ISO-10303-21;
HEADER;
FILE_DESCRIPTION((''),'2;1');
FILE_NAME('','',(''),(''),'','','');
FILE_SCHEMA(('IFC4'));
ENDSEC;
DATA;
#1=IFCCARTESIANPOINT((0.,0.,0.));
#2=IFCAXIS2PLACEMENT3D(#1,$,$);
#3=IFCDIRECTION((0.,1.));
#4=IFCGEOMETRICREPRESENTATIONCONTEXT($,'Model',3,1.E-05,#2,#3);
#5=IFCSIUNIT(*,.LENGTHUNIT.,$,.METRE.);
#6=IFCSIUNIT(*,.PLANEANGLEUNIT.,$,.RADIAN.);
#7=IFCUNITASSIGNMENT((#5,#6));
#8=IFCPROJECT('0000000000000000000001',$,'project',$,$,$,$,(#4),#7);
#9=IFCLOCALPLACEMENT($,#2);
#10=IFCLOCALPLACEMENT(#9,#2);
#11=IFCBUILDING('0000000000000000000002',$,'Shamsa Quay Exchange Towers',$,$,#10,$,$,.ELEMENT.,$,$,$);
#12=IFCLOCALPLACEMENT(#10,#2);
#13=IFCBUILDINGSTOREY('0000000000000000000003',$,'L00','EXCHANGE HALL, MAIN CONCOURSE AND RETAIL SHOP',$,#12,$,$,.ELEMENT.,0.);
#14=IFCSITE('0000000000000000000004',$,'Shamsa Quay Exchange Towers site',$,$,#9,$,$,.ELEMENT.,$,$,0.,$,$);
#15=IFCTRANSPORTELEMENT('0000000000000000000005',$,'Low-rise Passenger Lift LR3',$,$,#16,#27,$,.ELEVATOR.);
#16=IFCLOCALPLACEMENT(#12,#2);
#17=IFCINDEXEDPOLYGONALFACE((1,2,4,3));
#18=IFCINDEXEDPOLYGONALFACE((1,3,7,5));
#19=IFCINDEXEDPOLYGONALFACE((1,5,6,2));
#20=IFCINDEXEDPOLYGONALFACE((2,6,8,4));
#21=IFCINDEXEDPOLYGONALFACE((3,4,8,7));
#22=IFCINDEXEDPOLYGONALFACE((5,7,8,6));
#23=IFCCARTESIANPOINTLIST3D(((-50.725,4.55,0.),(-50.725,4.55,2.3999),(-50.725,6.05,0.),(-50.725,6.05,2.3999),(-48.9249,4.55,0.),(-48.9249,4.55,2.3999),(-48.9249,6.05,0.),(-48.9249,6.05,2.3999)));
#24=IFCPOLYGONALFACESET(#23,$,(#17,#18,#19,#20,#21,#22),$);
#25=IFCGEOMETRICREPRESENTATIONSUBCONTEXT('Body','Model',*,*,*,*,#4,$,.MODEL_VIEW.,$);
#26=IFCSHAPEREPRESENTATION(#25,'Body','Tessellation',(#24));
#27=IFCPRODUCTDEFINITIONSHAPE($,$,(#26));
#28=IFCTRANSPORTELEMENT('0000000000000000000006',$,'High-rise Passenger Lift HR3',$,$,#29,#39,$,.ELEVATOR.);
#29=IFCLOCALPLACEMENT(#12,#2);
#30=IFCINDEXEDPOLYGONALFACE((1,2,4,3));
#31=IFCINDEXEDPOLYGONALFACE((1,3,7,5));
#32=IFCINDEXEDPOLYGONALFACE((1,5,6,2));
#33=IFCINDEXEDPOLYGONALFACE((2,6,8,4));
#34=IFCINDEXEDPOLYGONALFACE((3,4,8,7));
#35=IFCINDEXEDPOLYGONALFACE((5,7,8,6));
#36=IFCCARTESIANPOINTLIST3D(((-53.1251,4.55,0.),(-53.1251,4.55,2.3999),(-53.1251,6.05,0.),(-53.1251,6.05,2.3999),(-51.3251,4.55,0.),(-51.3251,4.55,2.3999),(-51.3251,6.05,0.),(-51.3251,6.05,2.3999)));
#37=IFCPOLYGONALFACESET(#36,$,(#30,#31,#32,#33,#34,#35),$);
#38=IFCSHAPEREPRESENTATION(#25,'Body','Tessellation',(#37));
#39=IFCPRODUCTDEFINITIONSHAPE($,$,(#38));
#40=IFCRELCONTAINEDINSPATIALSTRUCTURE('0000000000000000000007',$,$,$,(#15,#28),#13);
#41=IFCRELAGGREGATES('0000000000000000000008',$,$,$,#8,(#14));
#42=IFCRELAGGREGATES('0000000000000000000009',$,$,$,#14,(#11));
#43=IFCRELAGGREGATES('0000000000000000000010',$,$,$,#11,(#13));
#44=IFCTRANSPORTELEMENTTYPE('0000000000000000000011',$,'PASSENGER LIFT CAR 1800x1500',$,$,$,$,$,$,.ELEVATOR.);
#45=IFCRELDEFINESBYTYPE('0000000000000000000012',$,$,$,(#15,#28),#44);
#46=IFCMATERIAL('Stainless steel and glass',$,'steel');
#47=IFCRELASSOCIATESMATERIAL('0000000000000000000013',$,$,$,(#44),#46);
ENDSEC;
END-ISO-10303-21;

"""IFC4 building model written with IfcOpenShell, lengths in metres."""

from ifc_helpers import new_model, si_unit, direction, frame, origin, origin_2d, place, context, subcontext, project, spatial, rectangle, extrude, material, type_object, element, save


model = new_model("IFC4")

# Units and contexts
model_context = context("Model", 3, precision=1e-05, world=origin(), true_north=direction((0.0, 1.0)))
body_context = subcontext(model_context, "Body", "Model", "MODEL_VIEW")
ifc_project = project(units=[si_unit("LENGTHUNIT", "METRE"), si_unit("PLANEANGLEUNIT", "RADIAN")], contexts=[model_context])

# Site, building, storey
site_placement = place(None, origin())
site = spatial("IfcSite", under=ifc_project, at=site_placement, Name="Shamsa Quay Exchange Towers site", CompositionType="ELEMENT", RefElevation=0.0)
building_placement = place(site_placement, origin())
building = spatial("IfcBuilding", under=site, at=building_placement, Name="Shamsa Quay Exchange Towers", CompositionType="ELEMENT")
storey_placement = place(building_placement, origin())
storey = spatial("IfcBuildingStorey", under=building, at=storey_placement, Name="L00", Description="EXCHANGE HALL, MAIN CONCOURSE AND RETAIL SHOP", CompositionType="ELEMENT", Elevation=0.0)

# Transport elements
ifc_material_1 = material(Name="Stainless steel and glass", Category="steel")
transport_element_type = type_object("IfcTransportElementType", Name="PASSENGER LIFT CAR 1800x1500", PredefinedType="ELEVATOR", material=ifc_material_1)
for number, where, name in (
    (1, (-49.825, 5.3, 0.0), "Low-rise Passenger Lift LR3"),
    (2, (-52.2251, 5.3, 0.0), "High-rise Passenger Lift HR3"),
):
    element("IfcTransportElement", number, at=place(storey_placement, frame(where)), inside=storey, type_object=transport_element_type, Name=name, PredefinedType="ELEVATOR", context=body_context, shape_type="SweptSolid", body=[
        extrude(rectangle(XDim=1.8, YDim=1.5, at=origin_2d()), origin(), (0.0, 0.0, 1.0), 2.3999),
    ])

save(model, "model.ifc")
